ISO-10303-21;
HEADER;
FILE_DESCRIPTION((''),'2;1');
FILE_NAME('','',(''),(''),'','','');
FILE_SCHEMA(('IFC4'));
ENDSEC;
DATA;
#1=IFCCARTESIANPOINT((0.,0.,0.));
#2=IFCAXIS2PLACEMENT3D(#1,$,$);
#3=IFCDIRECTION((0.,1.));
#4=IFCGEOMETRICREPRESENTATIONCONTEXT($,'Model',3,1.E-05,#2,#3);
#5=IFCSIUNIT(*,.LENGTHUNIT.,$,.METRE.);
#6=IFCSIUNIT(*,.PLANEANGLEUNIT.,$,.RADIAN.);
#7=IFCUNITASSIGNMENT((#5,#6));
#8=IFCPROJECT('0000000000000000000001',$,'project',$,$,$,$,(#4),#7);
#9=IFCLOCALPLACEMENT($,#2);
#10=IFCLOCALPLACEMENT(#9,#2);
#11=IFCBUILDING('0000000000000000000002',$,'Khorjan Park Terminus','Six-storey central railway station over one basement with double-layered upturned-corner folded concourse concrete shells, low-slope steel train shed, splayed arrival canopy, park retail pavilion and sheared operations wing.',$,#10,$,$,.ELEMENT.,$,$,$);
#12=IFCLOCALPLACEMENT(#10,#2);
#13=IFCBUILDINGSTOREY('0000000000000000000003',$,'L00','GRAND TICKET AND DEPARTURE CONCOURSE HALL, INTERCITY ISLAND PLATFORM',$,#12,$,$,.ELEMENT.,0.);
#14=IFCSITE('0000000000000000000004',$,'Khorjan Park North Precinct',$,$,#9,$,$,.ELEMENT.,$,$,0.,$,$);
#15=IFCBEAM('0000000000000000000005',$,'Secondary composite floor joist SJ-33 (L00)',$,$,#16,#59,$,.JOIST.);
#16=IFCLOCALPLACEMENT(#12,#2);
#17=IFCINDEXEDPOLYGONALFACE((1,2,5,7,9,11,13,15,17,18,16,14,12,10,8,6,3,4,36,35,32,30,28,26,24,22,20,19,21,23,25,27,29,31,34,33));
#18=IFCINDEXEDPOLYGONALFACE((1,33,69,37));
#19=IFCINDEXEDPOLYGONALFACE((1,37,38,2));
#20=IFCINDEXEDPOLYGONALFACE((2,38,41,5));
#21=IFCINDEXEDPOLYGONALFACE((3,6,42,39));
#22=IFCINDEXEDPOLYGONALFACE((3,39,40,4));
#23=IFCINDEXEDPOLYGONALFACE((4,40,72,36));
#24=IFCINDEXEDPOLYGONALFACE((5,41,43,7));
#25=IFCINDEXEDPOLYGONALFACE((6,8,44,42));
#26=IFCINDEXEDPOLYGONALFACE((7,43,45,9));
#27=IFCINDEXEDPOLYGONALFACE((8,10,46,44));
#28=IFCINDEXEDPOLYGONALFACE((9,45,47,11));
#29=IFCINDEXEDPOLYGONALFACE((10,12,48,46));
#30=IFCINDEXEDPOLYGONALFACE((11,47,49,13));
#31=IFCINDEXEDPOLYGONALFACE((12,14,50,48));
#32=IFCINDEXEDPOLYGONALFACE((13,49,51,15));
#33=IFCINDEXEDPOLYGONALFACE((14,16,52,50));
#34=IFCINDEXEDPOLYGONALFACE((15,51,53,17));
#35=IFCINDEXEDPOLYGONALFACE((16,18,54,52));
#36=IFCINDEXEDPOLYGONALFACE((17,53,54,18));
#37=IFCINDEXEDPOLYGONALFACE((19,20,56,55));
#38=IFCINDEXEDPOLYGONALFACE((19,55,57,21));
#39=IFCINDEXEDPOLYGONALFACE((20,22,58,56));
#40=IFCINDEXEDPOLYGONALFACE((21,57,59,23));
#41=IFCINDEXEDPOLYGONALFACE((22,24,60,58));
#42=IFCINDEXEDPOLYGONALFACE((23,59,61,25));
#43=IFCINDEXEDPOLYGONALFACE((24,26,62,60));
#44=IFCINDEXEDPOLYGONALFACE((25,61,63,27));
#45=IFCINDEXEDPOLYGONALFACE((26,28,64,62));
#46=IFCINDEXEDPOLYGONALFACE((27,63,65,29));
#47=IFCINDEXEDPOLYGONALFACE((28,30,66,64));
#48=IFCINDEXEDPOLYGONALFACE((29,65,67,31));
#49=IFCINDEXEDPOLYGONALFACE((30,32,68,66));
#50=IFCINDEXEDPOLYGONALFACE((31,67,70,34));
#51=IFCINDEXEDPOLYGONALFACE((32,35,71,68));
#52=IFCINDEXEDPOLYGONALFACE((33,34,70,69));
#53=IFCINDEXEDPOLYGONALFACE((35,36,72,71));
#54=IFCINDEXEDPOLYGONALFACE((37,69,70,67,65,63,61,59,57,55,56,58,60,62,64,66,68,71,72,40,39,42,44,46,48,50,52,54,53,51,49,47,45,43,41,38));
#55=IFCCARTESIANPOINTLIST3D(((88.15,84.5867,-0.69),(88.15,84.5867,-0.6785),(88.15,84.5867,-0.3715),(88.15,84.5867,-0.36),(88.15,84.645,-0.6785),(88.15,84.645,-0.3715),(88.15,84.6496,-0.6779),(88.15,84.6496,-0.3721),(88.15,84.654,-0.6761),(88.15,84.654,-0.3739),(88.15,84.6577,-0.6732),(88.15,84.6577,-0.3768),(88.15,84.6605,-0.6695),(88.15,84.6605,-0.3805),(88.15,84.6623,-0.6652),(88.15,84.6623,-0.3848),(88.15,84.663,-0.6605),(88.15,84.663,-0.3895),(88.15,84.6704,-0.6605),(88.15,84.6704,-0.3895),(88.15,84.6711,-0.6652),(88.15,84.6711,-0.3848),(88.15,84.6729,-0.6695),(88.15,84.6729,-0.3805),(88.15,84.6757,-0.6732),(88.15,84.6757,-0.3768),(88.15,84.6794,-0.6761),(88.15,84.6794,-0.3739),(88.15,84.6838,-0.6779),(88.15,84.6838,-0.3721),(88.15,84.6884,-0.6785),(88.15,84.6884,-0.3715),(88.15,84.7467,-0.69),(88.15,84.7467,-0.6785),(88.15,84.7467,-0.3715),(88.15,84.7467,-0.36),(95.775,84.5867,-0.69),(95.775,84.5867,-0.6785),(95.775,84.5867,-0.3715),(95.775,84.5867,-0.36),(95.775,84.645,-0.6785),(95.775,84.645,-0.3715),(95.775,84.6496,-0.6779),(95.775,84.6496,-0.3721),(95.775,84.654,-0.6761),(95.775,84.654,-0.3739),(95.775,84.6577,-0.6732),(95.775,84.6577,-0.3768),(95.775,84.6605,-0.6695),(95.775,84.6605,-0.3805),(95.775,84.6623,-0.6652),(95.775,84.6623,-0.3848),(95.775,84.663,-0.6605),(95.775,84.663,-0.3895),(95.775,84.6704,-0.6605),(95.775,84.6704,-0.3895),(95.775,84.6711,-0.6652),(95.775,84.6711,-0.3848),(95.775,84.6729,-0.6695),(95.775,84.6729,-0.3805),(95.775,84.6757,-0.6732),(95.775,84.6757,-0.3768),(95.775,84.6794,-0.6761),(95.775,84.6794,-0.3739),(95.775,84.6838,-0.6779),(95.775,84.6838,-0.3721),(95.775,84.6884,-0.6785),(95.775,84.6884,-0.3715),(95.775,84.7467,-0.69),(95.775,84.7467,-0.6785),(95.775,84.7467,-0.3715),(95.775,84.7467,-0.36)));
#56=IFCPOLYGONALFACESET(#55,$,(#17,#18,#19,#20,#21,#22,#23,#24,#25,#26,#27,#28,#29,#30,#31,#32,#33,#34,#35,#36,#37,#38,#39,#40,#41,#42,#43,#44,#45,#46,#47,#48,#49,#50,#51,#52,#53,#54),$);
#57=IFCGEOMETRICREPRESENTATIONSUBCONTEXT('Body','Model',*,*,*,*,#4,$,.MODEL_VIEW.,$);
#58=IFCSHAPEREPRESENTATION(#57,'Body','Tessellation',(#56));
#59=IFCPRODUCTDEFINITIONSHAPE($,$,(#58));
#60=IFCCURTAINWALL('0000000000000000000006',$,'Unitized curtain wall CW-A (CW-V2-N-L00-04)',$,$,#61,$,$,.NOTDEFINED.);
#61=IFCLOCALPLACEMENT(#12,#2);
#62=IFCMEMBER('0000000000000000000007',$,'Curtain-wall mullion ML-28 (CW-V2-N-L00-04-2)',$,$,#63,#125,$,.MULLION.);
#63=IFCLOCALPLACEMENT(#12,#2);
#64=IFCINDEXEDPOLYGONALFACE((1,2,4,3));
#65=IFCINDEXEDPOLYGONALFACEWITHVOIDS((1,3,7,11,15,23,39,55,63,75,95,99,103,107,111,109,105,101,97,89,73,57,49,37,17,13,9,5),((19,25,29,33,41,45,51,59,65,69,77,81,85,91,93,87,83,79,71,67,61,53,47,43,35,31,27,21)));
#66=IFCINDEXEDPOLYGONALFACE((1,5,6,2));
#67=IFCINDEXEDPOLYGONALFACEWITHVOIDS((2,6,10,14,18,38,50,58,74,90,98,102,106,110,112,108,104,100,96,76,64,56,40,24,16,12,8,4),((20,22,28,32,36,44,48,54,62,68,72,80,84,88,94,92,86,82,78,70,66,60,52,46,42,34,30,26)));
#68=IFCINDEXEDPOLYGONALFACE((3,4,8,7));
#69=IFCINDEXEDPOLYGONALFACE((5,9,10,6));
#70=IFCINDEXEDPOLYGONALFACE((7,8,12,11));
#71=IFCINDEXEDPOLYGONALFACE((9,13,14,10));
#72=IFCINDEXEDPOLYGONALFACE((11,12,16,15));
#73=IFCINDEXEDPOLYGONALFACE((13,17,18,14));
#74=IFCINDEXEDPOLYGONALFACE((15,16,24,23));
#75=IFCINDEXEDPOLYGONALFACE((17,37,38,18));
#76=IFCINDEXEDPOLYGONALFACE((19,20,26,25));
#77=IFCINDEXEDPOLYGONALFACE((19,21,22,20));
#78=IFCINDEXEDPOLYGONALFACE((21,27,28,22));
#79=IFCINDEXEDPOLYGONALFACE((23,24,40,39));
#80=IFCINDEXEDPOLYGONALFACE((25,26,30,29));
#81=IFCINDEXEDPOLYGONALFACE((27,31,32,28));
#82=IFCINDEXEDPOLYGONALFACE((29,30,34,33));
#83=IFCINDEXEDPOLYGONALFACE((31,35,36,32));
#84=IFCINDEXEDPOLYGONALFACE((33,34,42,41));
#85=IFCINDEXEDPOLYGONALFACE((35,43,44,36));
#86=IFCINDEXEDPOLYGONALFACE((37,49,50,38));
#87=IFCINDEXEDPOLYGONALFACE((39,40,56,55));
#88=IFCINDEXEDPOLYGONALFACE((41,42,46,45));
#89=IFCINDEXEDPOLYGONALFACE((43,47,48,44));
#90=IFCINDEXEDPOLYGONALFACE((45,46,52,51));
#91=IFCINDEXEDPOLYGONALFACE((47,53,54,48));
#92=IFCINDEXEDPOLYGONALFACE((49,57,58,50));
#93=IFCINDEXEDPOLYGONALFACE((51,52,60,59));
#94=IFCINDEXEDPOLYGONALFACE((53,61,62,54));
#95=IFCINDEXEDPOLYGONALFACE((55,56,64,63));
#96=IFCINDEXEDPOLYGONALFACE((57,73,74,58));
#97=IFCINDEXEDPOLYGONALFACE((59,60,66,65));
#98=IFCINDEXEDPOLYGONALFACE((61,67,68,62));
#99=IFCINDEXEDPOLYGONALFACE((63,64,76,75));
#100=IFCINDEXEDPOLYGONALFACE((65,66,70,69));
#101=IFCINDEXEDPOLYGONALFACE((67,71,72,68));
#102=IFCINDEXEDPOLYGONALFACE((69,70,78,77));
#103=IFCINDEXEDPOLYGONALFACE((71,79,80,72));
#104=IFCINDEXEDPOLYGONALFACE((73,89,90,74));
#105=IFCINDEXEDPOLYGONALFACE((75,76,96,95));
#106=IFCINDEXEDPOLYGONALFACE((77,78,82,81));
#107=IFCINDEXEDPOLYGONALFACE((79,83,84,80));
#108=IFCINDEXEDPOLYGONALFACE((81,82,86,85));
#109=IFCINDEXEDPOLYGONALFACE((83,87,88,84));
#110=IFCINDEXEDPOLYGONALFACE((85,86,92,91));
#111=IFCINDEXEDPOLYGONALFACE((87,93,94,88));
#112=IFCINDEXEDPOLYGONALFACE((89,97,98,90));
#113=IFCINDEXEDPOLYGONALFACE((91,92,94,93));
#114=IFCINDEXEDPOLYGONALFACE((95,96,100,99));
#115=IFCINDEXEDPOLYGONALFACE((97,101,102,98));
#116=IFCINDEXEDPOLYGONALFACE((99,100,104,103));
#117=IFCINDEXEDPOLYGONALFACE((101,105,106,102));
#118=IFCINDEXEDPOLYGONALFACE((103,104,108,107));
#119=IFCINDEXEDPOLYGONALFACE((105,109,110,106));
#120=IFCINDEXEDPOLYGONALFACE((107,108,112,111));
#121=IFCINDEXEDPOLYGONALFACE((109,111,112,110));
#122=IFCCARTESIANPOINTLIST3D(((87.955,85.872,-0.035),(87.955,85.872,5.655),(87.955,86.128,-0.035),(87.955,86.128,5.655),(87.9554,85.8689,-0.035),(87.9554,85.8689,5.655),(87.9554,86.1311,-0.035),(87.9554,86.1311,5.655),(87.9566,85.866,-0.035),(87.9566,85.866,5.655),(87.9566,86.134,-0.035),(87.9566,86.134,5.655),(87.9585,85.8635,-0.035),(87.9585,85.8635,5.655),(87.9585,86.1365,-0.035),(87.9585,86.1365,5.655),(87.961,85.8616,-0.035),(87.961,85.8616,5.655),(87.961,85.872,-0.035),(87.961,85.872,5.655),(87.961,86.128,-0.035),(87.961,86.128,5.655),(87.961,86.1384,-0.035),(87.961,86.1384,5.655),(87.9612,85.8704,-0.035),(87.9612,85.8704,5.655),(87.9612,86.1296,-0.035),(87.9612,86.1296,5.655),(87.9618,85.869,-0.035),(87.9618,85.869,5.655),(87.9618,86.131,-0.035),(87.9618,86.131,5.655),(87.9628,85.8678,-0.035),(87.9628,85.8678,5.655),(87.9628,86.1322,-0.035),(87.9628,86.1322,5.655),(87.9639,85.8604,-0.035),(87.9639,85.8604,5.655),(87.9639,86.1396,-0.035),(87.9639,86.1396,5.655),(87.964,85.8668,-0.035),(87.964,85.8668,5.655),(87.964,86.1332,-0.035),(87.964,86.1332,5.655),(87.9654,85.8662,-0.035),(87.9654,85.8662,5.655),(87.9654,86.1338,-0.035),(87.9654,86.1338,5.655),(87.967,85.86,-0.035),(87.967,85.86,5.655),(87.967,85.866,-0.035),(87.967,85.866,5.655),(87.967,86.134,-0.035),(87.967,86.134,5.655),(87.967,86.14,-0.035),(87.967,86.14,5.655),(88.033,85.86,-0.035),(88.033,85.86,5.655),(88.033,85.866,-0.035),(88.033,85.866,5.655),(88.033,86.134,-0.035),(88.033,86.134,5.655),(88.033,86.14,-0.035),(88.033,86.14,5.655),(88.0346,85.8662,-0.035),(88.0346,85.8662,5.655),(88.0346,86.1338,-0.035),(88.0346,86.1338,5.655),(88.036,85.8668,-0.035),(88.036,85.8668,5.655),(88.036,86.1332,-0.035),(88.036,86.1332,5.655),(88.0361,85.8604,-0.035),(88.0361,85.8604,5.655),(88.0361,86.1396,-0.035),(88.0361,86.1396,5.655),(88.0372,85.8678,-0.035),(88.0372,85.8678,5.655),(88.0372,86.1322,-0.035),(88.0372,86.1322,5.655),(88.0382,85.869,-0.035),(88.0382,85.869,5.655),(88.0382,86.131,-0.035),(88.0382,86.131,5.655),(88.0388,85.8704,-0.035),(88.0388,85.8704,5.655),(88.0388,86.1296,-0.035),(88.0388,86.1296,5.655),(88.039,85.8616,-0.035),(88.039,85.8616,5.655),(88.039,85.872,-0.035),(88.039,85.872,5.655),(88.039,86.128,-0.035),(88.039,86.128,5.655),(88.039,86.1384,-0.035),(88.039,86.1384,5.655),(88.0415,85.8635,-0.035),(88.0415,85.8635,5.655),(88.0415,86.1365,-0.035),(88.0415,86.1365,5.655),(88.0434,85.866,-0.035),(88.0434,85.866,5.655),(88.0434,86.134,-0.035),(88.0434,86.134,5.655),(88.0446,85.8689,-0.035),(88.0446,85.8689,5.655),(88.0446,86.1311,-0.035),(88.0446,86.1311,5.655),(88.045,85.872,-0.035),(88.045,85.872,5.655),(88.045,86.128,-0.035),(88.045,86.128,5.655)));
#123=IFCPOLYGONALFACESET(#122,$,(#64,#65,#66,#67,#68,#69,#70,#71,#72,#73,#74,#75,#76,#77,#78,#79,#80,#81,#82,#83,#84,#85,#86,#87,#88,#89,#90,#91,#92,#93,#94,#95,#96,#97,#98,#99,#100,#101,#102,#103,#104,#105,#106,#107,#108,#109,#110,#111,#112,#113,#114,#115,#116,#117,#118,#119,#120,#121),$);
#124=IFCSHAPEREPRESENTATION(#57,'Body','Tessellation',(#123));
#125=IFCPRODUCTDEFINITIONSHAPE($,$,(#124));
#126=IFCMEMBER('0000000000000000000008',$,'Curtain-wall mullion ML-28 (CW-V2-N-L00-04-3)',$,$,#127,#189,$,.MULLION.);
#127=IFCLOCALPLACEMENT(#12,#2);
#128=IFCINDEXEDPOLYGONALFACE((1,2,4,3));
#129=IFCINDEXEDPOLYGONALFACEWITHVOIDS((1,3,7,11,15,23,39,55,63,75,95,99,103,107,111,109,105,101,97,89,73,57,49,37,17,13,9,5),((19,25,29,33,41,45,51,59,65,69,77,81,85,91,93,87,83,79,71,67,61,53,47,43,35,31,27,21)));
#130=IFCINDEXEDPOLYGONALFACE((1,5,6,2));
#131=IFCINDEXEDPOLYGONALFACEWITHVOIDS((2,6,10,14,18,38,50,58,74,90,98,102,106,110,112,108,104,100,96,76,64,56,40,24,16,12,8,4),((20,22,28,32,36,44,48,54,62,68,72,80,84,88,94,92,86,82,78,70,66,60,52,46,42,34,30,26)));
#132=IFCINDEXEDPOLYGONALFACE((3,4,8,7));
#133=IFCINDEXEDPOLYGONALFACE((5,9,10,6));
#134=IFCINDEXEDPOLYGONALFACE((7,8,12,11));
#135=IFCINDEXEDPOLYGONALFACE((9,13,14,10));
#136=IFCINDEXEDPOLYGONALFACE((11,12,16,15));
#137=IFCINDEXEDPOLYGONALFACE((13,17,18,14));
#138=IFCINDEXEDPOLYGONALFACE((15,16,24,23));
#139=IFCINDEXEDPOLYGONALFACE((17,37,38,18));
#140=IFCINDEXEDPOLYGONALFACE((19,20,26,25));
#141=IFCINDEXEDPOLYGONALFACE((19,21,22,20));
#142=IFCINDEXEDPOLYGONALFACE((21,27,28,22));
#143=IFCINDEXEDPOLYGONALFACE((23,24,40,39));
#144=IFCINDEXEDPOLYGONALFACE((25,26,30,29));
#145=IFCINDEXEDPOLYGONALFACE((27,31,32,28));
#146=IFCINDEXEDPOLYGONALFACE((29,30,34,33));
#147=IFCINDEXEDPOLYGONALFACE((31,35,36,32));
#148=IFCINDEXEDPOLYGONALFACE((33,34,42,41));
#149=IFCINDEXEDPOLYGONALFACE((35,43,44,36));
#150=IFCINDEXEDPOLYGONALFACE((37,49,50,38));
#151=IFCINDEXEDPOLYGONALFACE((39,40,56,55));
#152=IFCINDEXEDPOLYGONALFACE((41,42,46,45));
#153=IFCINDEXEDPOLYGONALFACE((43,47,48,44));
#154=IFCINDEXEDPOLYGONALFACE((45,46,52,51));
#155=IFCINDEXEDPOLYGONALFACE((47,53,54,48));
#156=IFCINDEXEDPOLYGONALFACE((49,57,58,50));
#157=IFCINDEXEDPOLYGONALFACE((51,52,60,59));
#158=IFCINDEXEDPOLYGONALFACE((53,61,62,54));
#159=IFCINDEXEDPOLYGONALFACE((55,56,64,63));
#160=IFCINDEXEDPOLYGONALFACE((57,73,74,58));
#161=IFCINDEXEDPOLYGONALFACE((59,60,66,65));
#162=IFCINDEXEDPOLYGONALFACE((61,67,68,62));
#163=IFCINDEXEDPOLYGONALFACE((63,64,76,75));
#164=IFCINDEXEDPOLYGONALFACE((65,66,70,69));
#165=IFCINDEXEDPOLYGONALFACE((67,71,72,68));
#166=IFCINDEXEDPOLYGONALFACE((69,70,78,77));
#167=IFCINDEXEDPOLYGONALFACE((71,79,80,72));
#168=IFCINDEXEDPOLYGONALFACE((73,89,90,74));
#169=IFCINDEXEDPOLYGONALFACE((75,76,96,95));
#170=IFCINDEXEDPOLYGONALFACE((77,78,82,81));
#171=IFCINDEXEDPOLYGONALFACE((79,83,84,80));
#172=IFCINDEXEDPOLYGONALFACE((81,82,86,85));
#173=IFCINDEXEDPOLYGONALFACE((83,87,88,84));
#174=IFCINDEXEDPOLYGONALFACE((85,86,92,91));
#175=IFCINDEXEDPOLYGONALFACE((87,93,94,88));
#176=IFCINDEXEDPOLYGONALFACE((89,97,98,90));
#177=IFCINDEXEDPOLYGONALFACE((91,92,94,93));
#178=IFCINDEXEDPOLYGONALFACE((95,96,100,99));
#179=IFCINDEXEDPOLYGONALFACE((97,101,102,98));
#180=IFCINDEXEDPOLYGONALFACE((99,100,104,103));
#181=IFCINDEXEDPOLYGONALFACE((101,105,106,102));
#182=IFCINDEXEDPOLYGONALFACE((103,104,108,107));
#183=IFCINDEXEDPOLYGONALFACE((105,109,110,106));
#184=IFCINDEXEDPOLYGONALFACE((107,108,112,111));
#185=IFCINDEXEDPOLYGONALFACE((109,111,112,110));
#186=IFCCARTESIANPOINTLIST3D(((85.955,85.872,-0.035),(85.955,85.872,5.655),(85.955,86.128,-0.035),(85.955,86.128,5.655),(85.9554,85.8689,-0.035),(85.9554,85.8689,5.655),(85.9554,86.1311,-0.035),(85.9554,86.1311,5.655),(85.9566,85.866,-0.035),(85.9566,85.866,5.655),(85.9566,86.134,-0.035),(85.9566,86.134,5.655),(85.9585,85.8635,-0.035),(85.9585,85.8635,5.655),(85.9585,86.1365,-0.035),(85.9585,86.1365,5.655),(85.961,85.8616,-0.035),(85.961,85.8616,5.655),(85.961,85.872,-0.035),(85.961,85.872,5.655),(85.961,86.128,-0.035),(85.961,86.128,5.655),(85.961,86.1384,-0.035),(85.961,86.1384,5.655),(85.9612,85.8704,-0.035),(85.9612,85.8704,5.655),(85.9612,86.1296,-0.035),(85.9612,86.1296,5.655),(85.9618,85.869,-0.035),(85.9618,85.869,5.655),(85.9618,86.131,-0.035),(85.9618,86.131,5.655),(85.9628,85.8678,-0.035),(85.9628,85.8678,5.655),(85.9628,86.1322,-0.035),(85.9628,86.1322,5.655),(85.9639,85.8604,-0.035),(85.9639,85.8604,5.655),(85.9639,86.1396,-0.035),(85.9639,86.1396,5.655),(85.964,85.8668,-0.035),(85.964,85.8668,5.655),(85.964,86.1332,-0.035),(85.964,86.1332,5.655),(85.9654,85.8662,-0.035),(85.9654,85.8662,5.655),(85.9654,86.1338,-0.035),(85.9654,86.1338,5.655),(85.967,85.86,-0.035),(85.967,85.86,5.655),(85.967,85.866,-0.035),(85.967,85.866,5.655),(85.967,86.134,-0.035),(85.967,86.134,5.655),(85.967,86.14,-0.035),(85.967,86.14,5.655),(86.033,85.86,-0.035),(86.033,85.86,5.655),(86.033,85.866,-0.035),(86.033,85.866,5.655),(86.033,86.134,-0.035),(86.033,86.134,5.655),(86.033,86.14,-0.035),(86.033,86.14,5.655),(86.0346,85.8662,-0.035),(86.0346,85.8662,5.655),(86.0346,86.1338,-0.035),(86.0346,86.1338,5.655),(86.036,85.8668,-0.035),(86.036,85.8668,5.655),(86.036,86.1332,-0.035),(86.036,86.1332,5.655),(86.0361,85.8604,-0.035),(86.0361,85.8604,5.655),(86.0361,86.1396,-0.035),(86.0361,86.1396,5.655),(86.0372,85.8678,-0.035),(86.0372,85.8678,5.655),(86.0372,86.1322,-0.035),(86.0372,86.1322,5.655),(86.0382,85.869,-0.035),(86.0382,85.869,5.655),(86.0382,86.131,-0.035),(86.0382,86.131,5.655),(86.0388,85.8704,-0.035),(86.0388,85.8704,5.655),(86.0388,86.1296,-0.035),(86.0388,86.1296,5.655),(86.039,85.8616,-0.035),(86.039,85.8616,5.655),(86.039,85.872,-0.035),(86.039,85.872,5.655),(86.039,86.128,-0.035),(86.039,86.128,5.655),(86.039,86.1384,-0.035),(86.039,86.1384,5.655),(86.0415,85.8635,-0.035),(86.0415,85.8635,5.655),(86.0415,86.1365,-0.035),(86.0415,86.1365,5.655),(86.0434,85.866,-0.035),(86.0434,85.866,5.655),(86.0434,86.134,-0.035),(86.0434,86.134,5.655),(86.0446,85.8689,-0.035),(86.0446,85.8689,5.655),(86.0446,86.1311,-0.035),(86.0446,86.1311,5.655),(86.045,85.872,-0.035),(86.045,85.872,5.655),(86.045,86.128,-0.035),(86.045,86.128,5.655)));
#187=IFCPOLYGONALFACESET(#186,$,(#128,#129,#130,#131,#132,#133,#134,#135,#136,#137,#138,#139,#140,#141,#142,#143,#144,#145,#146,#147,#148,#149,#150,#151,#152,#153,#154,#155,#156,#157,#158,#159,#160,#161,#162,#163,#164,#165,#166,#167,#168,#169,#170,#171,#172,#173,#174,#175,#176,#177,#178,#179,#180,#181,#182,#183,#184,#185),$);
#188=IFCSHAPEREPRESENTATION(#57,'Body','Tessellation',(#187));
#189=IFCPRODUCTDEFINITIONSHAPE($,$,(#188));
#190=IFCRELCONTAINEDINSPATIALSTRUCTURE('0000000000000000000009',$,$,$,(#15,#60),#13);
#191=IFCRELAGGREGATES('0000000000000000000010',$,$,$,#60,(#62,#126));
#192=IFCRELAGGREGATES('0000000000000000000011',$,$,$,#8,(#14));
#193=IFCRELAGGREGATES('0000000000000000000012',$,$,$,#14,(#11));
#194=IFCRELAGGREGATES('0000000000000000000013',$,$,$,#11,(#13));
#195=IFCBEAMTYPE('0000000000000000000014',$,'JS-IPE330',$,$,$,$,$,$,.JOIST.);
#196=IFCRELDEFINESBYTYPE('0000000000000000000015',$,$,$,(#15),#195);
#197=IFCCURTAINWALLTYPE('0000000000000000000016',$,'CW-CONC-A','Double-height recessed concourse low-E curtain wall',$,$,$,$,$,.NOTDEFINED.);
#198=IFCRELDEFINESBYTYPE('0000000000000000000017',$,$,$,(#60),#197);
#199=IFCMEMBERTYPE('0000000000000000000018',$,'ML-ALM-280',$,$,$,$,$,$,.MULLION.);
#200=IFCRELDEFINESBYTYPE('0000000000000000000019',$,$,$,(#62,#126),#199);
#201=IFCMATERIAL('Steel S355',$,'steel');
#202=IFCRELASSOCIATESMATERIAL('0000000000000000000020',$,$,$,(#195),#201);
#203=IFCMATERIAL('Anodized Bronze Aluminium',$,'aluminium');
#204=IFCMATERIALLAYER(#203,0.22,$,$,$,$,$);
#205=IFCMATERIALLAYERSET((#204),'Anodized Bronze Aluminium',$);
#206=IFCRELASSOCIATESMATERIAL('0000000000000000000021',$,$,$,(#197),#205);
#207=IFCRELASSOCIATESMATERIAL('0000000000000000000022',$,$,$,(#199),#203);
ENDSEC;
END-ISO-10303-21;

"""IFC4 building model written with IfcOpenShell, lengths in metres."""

from ifc_helpers import new_model, si_unit, direction, frame, origin, origin_2d, place, context, subcontext, project, spatial, hollow_rectangle, i_section, extrude, material, layer, layer_set, material_profile, profile_set, type_object, element, aggregate, save


model = new_model("IFC4")

# Units and contexts
model_context = context("Model", 3, precision=1e-05, world=origin(), true_north=direction((0.0, 1.0)))
body_context = subcontext(model_context, "Body", "Model", "MODEL_VIEW")
ifc_project = project(units=[si_unit("LENGTHUNIT", "METRE"), si_unit("PLANEANGLEUNIT", "RADIAN")], contexts=[model_context])

# Site, building, storey
site_placement = place(None, origin())
site = spatial("IfcSite", under=ifc_project, at=site_placement, Name="Khorjan Park North Precinct", CompositionType="ELEMENT", RefElevation=0.0)
building_placement = place(site_placement, origin())
building = spatial("IfcBuilding", under=site, at=building_placement, Name="Khorjan Park Terminus", Description="Six-storey central railway station over one basement with double-layered upturned-corner folded concourse concrete shells, low-slope steel train shed, splayed arrival canopy, park retail pavilion and sheared operations wing.", CompositionType="ELEMENT")
storey_placement = place(building_placement, origin())
storey = spatial("IfcBuildingStorey", under=building, at=storey_placement, Name="L00", Description="GRAND TICKET AND DEPARTURE CONCOURSE HALL, INTERCITY ISLAND PLATFORM", CompositionType="ELEMENT", Elevation=0.0)

# Beam
ifc_material_1 = material(Name="Steel S355", Category="steel")
ifc_material_profile_1 = material_profile(ifc_material_1, i_section(OverallWidth=0.16, OverallDepth=0.33, WebThickness=0.0075, FlangeThickness=0.0115, FilletRadius=0.018, at=origin_2d()), Name="IPE 330")
ifc_profile_set_1 = profile_set([ifc_material_profile_1], Name="Steel S355")
beam_type_1 = type_object("IfcBeamType", Name="JS-IPE330", PredefinedType="JOIST", material=ifc_profile_set_1)
beam_1_placement = place(storey_placement, frame((88.15, 84.6667, -0.525), z_axis=(1.0, 0.0, 0.0), x_axis=(0.0, 1.0, 0.0)))
element("IfcBeam", 1, at=beam_1_placement, inside=storey, type_object=beam_type_1, Name="Secondary composite floor joist SJ-33 (L00)", PredefinedType="JOIST", context=body_context, shape_type="SweptSolid", body=[
    extrude(i_section(OverallWidth=0.16, OverallDepth=0.33, WebThickness=0.0075, FlangeThickness=0.0115, FilletRadius=0.018, at=origin_2d()), origin(), (0.0, 0.0, 1.0), 7.625),
])

# Curtain wall, members
ifc_material_2 = material(Name="Anodized Bronze Aluminium", Category="aluminium")
ifc_layer_1 = layer(ifc_material_2, 0.22)
ifc_layer_set_1 = layer_set([ifc_layer_1], Name="Anodized Bronze Aluminium")
curtain_wall_type = type_object("IfcCurtainWallType", Name="CW-CONC-A", Description="Double-height recessed concourse low-E curtain wall", PredefinedType="NOTDEFINED", material=ifc_layer_set_1)
curtain_wall_placement = place(storey_placement, origin())
curtain_wall = element("IfcCurtainWall", 2, at=curtain_wall_placement, inside=storey, type_object=curtain_wall_type, Name="Unitized curtain wall CW-A (CW-V2-N-L00-04)", PredefinedType="NOTDEFINED")
ifc_material_profile_2 = material_profile(ifc_material_2, hollow_rectangle(XDim=0.09, YDim=0.28, WallThickness=0.006, InnerFilletRadius=0.006, OuterFilletRadius=0.012, at=origin_2d()), Name="ALM 90x280x6")
ifc_profile_set_2 = profile_set([ifc_material_profile_2], Name="Anodized Bronze Aluminium")
member_type_1 = type_object("IfcMemberType", Name="ML-ALM-280", PredefinedType="MULLION", material=ifc_profile_set_2)
member_1_placement = place(storey_placement, frame((88.0, 86.0, -0.035), z_axis=(0.0, 0.0, 1.0), x_axis=(-1.0, 0.0, 0.0)))
member_1 = element("IfcMember", 3, at=member_1_placement, type_object=member_type_1, Name="Curtain-wall mullion ML-28 (CW-V2-N-L00-04-2)", PredefinedType="MULLION", context=body_context, shape_type="SweptSolid", body=[
    extrude(hollow_rectangle(XDim=0.09, YDim=0.28, WallThickness=0.006, InnerFilletRadius=0.006, OuterFilletRadius=0.012, at=origin_2d()), origin(), (0.0, 0.0, 1.0), 5.69),
])
member_2_placement = place(storey_placement, frame((86.0, 86.0, -0.035), z_axis=(0.0, 0.0, 1.0), x_axis=(-1.0, 0.0, 0.0)))
member_2 = element("IfcMember", 4, at=member_2_placement, type_object=member_type_1, Name="Curtain-wall mullion ML-28 (CW-V2-N-L00-04-3)", PredefinedType="MULLION", context=body_context, shape_type="SweptSolid", body=[
    extrude(hollow_rectangle(XDim=0.09, YDim=0.28, WallThickness=0.006, InnerFilletRadius=0.006, OuterFilletRadius=0.012, at=origin_2d()), origin(), (0.0, 0.0, 1.0), 5.69),
])
aggregate(curtain_wall, [member_1, member_2])

save(model, "model.ifc")
